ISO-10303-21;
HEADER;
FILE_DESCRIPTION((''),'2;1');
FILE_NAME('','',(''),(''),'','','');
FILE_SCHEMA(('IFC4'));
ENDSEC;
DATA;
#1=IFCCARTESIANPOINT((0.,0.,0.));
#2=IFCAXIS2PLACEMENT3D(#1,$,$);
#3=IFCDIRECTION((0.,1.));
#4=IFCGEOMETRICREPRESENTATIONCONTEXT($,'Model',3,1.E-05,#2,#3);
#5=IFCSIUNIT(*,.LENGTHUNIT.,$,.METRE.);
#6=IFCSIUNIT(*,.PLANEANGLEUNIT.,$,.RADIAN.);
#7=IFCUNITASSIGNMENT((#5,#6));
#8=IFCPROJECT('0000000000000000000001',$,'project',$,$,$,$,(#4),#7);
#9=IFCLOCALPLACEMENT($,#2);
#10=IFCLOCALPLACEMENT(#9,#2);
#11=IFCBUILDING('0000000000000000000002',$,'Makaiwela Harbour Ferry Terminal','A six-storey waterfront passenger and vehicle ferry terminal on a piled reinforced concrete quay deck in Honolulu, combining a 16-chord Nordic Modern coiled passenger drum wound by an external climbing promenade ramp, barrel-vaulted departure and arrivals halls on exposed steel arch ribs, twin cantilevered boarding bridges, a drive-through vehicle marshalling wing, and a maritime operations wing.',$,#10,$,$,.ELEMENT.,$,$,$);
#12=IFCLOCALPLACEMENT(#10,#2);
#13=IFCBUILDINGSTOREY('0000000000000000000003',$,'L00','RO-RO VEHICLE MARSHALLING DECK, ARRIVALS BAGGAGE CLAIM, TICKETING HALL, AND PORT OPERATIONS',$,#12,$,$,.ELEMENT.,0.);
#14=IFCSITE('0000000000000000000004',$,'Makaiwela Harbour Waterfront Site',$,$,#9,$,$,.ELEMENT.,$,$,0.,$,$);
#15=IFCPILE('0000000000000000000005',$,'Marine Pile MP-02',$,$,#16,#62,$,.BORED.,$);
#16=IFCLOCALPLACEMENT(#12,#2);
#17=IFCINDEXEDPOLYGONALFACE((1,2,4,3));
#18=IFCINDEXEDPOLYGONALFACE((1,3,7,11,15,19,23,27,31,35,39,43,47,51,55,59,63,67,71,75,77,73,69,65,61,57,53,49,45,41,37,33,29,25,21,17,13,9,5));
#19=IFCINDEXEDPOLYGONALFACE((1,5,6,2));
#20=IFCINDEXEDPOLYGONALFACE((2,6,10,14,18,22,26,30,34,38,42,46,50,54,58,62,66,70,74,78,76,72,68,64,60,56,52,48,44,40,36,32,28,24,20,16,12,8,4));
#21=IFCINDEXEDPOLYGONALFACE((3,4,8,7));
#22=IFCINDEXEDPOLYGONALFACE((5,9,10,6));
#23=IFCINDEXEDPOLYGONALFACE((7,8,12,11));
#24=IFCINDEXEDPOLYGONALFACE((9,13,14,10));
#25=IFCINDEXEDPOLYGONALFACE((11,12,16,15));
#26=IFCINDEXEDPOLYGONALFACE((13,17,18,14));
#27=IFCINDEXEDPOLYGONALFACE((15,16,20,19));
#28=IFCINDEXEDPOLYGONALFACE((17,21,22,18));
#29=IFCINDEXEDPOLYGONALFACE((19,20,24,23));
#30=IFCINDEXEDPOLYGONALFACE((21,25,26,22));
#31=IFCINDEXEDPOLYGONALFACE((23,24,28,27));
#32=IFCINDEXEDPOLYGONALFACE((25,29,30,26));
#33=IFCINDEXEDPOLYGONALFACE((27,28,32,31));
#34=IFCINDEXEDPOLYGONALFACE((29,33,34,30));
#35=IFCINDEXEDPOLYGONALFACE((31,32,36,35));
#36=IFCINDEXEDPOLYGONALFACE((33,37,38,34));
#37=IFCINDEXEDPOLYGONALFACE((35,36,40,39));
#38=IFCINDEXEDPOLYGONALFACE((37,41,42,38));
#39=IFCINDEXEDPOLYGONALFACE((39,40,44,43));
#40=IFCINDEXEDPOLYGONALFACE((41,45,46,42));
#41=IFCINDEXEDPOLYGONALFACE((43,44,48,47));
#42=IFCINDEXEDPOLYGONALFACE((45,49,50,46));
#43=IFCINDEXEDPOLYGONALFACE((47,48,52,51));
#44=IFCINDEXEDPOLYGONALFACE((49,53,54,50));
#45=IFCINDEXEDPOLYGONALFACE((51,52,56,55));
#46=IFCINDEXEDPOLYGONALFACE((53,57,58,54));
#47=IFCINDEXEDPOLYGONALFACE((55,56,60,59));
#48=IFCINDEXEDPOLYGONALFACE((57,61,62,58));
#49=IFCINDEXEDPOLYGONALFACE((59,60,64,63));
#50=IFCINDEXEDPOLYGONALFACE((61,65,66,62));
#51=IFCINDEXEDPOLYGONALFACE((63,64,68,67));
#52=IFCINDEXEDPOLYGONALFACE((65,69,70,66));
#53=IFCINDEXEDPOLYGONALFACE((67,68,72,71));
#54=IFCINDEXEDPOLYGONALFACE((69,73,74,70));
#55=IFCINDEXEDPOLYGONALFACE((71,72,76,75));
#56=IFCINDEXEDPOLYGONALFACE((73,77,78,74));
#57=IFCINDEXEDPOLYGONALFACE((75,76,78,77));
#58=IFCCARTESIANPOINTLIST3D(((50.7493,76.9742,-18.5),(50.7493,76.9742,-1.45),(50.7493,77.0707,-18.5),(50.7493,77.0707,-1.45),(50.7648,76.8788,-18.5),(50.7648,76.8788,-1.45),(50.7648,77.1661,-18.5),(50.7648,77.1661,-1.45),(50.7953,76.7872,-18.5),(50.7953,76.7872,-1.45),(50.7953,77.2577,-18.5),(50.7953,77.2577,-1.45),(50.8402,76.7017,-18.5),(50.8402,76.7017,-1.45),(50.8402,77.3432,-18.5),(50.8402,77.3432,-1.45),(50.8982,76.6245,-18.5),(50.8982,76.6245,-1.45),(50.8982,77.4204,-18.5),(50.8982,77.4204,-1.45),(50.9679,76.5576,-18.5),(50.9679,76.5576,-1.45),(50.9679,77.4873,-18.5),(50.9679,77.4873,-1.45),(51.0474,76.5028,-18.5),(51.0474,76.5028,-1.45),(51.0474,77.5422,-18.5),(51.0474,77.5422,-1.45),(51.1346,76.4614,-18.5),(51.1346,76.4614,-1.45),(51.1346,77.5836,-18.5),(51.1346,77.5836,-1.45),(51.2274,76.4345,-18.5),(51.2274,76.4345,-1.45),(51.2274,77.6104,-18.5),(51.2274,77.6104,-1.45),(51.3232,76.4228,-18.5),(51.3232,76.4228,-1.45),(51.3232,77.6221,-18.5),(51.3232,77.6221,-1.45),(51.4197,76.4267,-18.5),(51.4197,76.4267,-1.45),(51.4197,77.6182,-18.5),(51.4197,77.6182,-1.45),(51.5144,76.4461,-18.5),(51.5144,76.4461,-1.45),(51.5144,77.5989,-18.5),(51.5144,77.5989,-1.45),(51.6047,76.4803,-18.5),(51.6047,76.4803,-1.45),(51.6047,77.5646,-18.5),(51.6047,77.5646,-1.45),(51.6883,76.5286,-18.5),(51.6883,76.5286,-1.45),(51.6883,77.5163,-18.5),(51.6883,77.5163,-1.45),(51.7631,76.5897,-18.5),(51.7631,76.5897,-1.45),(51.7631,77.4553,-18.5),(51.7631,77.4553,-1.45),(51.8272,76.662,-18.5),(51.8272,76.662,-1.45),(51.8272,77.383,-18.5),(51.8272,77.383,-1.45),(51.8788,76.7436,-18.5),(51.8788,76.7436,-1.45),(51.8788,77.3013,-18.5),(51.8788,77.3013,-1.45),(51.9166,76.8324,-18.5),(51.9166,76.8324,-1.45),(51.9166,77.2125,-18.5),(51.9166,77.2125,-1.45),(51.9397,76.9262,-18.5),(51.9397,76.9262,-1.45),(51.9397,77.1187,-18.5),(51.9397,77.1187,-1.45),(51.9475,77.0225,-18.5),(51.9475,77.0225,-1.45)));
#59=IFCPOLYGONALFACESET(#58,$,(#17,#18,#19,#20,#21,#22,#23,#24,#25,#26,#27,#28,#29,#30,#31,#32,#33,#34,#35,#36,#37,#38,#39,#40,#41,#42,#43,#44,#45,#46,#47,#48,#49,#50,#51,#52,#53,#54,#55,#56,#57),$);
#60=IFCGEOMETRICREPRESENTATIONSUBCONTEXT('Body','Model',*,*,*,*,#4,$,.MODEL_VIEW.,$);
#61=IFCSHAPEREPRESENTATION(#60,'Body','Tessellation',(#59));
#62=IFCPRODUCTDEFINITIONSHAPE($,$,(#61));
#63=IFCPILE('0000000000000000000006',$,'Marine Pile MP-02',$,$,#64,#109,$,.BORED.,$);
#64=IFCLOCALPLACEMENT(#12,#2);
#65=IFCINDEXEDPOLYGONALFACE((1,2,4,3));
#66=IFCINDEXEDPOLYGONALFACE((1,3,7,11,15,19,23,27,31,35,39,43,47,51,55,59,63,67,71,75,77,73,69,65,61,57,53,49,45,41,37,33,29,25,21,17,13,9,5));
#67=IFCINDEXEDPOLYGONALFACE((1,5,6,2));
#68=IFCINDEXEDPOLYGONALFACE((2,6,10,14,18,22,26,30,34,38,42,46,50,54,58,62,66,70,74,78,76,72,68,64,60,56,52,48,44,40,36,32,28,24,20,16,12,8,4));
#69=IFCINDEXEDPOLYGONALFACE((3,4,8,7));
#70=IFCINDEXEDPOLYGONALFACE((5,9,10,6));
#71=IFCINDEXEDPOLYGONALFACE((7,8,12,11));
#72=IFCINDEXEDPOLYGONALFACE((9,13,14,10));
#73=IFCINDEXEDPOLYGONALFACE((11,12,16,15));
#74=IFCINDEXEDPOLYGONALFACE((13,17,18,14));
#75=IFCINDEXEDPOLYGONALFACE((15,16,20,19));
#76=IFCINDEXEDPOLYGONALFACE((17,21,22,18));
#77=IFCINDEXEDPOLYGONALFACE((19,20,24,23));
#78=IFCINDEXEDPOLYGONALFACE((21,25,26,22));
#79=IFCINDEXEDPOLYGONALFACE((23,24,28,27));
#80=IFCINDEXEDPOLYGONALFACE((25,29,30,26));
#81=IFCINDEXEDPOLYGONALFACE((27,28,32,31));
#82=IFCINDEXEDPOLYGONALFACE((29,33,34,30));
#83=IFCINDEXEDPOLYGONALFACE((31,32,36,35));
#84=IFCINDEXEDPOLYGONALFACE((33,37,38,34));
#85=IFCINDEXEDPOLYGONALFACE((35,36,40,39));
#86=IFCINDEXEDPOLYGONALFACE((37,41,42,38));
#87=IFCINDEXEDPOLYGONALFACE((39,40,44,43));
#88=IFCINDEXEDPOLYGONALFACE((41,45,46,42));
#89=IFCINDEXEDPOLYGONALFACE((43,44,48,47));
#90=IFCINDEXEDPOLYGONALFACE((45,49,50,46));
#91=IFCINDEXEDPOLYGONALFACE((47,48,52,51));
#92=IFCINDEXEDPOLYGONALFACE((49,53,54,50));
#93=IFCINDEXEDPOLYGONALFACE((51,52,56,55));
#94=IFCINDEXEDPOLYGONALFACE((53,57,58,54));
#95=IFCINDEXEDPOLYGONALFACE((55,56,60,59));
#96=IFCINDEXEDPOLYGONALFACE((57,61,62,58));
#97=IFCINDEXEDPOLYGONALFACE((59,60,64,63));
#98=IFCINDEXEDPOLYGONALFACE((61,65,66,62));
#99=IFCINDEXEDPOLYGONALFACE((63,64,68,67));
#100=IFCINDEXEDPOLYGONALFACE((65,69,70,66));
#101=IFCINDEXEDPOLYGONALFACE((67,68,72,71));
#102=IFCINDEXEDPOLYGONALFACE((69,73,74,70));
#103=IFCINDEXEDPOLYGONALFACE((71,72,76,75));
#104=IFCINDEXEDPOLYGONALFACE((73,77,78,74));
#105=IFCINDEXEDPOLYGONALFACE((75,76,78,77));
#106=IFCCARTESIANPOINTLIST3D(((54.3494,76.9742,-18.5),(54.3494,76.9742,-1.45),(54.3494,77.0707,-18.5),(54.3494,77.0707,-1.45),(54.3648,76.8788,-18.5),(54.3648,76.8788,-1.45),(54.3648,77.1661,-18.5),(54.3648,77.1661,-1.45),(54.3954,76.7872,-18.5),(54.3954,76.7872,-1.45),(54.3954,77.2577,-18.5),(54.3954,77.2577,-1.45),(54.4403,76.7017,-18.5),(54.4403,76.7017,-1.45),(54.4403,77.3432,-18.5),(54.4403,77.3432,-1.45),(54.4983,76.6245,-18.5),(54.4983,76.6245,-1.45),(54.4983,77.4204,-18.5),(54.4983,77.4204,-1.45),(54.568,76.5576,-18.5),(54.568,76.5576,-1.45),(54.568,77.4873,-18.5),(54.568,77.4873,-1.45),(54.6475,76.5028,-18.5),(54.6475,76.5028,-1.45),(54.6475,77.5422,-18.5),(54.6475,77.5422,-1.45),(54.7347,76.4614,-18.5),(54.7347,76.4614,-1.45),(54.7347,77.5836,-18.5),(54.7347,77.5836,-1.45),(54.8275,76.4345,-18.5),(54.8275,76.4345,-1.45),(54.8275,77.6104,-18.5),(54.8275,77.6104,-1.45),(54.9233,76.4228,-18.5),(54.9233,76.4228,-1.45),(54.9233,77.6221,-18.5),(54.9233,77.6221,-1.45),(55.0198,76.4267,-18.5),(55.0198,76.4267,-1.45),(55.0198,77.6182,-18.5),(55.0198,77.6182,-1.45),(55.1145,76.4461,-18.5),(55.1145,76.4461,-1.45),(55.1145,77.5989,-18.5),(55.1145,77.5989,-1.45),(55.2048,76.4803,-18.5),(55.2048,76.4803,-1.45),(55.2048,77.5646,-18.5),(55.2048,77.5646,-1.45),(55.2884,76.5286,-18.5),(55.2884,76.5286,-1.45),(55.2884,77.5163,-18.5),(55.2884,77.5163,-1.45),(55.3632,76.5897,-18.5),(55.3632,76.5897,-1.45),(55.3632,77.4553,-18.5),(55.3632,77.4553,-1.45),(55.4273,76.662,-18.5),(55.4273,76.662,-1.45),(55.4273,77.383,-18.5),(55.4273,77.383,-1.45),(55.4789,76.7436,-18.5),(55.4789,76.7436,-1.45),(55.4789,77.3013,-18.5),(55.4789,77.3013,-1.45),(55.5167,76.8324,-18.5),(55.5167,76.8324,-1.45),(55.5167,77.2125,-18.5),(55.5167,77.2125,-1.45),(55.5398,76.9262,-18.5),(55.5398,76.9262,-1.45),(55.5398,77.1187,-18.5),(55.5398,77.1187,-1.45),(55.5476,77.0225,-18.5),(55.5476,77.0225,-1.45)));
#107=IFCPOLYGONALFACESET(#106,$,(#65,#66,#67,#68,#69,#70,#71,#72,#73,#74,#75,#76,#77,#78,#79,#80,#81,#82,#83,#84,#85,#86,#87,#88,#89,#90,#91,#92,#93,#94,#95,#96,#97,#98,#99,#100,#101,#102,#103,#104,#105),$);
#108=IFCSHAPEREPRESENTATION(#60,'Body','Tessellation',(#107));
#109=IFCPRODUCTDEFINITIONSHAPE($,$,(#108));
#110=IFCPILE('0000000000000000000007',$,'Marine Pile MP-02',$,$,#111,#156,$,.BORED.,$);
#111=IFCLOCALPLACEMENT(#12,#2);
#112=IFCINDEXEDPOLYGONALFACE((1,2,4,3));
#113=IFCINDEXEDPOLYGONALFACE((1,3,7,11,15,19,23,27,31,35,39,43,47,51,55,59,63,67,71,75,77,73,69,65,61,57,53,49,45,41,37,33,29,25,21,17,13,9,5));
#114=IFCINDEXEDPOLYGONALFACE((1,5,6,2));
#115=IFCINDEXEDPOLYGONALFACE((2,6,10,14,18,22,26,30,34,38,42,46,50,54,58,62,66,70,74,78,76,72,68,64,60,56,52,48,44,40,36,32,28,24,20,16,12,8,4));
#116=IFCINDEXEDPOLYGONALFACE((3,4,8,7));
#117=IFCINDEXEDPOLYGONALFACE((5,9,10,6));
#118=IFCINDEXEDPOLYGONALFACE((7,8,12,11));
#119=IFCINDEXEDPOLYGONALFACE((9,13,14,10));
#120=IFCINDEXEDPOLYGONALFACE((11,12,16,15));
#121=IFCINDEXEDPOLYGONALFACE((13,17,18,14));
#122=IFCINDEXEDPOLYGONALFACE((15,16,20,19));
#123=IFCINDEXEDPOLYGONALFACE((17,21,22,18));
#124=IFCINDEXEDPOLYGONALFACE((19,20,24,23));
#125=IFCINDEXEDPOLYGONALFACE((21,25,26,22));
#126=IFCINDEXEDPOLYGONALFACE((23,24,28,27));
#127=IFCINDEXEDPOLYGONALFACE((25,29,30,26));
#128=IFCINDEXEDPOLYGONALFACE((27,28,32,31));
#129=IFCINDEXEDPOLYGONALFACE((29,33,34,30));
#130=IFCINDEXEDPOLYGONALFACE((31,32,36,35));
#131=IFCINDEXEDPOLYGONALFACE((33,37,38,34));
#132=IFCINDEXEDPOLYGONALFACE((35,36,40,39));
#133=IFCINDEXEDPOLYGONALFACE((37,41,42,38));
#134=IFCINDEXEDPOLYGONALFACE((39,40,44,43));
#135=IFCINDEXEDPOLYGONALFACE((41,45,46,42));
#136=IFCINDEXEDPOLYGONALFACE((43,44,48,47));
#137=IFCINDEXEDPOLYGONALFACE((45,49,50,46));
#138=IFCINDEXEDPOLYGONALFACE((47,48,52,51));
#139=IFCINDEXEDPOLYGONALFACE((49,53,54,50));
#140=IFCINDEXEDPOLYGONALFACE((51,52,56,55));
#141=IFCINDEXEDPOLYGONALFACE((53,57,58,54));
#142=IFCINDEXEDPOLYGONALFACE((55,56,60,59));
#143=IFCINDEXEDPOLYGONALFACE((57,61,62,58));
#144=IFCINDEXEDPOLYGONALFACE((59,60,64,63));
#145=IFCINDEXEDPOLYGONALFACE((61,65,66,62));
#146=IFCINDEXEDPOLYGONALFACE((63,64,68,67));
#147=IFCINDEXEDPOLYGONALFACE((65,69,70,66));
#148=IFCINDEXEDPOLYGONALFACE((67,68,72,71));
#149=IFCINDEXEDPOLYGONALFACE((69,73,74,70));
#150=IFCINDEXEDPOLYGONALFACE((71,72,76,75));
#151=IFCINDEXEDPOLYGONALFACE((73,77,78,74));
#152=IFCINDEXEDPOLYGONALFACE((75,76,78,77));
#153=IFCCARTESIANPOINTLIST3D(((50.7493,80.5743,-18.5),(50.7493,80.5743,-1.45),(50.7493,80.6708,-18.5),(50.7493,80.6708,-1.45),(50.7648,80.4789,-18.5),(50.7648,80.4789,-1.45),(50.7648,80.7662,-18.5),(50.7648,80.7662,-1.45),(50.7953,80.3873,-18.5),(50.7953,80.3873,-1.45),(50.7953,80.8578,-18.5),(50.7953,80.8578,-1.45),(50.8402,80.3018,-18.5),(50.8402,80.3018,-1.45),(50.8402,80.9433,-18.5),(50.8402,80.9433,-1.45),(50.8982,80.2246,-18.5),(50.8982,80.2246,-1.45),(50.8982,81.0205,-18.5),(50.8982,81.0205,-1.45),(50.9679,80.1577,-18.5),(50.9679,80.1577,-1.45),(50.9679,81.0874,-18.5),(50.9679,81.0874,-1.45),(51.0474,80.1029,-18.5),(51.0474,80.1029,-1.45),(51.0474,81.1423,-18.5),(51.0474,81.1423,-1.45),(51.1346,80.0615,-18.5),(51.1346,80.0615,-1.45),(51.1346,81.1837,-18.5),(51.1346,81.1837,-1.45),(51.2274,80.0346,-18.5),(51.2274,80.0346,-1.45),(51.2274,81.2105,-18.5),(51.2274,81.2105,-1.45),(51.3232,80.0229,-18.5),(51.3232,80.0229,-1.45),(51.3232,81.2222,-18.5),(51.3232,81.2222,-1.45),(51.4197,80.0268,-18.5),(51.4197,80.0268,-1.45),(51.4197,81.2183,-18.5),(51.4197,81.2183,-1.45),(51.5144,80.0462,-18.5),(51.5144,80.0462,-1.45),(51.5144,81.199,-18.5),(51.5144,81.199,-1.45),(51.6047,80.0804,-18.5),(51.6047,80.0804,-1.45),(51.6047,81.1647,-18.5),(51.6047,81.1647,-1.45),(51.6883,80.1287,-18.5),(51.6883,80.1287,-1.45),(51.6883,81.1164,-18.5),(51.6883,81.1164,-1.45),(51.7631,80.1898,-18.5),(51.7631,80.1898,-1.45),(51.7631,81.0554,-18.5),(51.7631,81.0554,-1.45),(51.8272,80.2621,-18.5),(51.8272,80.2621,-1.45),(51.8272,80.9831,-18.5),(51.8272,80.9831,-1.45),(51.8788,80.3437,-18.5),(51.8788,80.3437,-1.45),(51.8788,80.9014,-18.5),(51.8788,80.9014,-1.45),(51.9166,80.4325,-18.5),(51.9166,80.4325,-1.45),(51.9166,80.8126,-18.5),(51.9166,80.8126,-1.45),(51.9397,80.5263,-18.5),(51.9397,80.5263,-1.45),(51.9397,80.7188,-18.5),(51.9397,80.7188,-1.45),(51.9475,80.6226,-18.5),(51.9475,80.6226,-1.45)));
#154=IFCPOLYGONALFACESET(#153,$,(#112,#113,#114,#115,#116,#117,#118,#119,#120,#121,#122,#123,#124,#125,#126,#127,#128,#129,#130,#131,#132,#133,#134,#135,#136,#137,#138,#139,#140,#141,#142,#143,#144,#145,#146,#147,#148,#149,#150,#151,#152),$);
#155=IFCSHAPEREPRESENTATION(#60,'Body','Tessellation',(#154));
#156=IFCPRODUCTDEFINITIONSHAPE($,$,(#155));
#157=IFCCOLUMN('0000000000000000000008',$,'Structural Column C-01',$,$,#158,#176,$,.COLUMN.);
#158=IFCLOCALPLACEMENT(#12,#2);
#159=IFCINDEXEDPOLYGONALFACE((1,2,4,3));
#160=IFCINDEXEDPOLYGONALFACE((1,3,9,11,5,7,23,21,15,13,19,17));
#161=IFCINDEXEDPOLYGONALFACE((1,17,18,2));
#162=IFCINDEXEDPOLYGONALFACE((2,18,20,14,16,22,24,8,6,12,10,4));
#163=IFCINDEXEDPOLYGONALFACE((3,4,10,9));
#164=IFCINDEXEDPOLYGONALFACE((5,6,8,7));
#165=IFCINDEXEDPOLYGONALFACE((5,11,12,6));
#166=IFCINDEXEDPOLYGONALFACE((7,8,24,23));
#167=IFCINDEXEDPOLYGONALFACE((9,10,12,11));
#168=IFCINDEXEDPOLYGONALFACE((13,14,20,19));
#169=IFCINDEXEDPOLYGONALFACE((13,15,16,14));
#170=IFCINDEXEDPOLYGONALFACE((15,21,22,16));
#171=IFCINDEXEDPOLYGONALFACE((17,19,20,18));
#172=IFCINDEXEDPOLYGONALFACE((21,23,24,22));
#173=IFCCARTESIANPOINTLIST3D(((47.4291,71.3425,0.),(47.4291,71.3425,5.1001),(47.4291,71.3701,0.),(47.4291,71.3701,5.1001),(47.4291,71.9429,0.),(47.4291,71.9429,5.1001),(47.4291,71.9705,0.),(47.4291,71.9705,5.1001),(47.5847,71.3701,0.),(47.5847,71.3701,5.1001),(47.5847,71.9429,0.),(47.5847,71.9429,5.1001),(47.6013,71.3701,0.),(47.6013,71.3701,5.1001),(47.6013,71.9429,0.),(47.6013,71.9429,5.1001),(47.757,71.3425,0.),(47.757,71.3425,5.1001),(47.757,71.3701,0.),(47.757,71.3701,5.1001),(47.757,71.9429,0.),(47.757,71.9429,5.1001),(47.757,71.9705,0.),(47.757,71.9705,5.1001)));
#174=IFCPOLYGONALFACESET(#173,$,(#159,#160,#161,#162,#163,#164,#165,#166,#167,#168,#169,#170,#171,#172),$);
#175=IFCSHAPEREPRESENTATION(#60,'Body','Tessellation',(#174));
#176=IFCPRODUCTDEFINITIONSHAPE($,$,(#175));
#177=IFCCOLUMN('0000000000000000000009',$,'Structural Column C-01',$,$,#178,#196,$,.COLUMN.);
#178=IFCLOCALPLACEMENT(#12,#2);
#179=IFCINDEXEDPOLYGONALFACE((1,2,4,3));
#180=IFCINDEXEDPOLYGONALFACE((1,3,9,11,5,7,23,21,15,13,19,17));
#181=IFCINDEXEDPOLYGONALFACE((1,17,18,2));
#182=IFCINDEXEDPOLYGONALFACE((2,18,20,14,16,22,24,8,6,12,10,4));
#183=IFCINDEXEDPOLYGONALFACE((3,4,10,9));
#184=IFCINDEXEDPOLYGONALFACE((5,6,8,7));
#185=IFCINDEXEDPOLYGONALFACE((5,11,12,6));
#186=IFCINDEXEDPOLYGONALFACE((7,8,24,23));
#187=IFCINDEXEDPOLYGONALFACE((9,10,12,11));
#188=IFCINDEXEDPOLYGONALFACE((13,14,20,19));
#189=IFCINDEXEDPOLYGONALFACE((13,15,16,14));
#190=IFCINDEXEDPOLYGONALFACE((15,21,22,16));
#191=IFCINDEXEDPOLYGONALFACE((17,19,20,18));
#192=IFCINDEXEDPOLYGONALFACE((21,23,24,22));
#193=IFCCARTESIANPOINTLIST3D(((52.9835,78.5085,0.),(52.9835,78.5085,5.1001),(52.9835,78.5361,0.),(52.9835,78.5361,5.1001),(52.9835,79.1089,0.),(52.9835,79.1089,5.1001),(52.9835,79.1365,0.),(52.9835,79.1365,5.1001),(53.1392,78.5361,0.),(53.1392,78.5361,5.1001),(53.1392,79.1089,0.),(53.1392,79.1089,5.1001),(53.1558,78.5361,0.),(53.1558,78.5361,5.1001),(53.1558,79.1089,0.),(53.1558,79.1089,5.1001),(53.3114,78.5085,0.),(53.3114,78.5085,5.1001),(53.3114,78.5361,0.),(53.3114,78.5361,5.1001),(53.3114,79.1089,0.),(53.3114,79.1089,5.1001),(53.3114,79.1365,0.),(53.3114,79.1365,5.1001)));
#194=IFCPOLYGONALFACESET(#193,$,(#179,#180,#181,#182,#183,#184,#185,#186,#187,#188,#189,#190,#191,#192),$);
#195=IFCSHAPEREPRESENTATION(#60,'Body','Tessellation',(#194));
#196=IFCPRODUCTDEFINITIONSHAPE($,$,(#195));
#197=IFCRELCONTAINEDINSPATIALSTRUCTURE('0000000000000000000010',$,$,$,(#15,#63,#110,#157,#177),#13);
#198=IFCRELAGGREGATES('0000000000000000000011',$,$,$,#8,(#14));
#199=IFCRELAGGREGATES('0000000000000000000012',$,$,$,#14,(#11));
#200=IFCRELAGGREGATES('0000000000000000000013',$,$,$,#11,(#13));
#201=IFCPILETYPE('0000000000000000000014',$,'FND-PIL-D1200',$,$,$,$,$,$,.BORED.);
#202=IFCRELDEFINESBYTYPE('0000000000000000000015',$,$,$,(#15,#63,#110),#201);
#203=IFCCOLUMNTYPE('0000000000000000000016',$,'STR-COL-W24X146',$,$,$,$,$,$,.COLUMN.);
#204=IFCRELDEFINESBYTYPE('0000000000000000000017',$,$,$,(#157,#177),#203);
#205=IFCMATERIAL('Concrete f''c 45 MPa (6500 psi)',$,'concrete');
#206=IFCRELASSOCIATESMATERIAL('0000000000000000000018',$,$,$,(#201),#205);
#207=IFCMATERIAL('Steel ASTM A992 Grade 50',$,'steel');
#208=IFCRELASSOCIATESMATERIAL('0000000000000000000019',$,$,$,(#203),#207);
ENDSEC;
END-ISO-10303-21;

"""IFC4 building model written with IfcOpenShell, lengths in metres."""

from ifc_helpers import new_model, si_unit, direction, frame, origin, origin_2d, place, context, subcontext, project, spatial, circle, i_section, extrude, material, material_profile, profile_set, type_object, element, save


model = new_model("IFC4")

# Units and contexts
model_context = context("Model", 3, precision=1e-05, world=origin(), true_north=direction((0.0, 1.0)))
body_context = subcontext(model_context, "Body", "Model", "MODEL_VIEW")
ifc_project = project(units=[si_unit("LENGTHUNIT", "METRE"), si_unit("PLANEANGLEUNIT", "RADIAN")], contexts=[model_context])

# Site, building, storey
site_placement = place(None, origin())
site = spatial("IfcSite", under=ifc_project, at=site_placement, Name="Makaiwela Harbour Waterfront Site", CompositionType="ELEMENT", RefElevation=0.0)
building_placement = place(site_placement, origin())
building = spatial("IfcBuilding", under=site, at=building_placement, Name="Makaiwela Harbour Ferry Terminal", Description="A six-storey waterfront passenger and vehicle ferry terminal on a piled reinforced concrete quay deck in Honolulu, combining a 16-chord Nordic Modern coiled passenger drum wound by an external climbing promenade ramp, barrel-vaulted departure and arrivals halls on exposed steel arch ribs, twin cantilevered boarding bridges, a drive-through vehicle marshalling wing, and a maritime operations wing.", CompositionType="ELEMENT")
storey_placement = place(building_placement, origin())
storey = spatial("IfcBuildingStorey", under=building, at=storey_placement, Name="L00", Description="RO-RO VEHICLE MARSHALLING DECK, ARRIVALS BAGGAGE CLAIM, TICKETING HALL, AND PORT OPERATIONS", CompositionType="ELEMENT", Elevation=0.0)

# Shared definitions
ifc_material_1 = material(Name="Concrete f'c 45 MPa (6500 psi)", Category="concrete")

# Piles
ifc_material_profile_1 = material_profile(ifc_material_1, circle(Radius=0.6001, at=origin_2d()), Name="PILE-D1200")
ifc_profile_set_1 = profile_set([ifc_material_profile_1], Name="Concrete f'c 45 MPa (6500 psi)")
pile_type = type_object("IfcPileType", Name="FND-PIL-D1200", PredefinedType="BORED", material=ifc_profile_set_1)
for number, where, z_axis, x_axis, name in (
    (1, (51.3474, 77.0225, -1.45), (0.0, 0.0, -1.0), (1.0, 0.0, 0.0), "Marine Pile MP-02"),
    (2, (54.9475, 77.0225, -1.45), (0.0, 0.0, -1.0), (1.0, 0.0, 0.0), "Marine Pile MP-02"),
    (3, (51.3474, 80.6226, -1.45), (0.0, 0.0, -1.0), (1.0, 0.0, 0.0), "Marine Pile MP-02"),
):
    element("IfcPile", number, at=place(storey_placement, frame(where, z_axis=z_axis, x_axis=x_axis)), inside=storey, type_object=pile_type, Name=name, PredefinedType="BORED", context=body_context, shape_type="SweptSolid", body=[
        extrude(circle(Radius=0.6001, at=origin_2d()), origin(), (0.0, 0.0, 1.0), 17.05),
    ])

# Columns
ifc_material_2 = material(Name="Steel ASTM A992 Grade 50", Category="steel")
ifc_material_profile_2 = material_profile(ifc_material_2, i_section(OverallWidth=0.3279, OverallDepth=0.6279, WebThickness=0.0166, FlangeThickness=0.0276, at=origin_2d()), Name="W24X146")
ifc_profile_set_2 = profile_set([ifc_material_profile_2], Name="Steel ASTM A992 Grade 50")
column_type = type_object("IfcColumnType", Name="STR-COL-W24X146", PredefinedType="COLUMN", material=ifc_profile_set_2)
for number, where, z_axis, x_axis, name in (
    (4, (47.593, 71.6565, 0.0), (0.0, 0.0, 1.0), (1.0, 0.0, 0.0), "Structural Column C-01"),
    (5, (53.1475, 78.8225, 0.0), (0.0, 0.0, 1.0), (1.0, 0.0, 0.0), "Structural Column C-01"),
):
    element("IfcColumn", number, at=place(storey_placement, frame(where, z_axis=z_axis, x_axis=x_axis)), inside=storey, type_object=column_type, Name=name, PredefinedType="COLUMN", context=body_context, shape_type="SweptSolid", body=[
        extrude(i_section(OverallWidth=0.3279, OverallDepth=0.6279, WebThickness=0.0166, FlangeThickness=0.0276, at=origin_2d()), origin(), (0.0, 0.0, 1.0), 5.1001),
    ])

save(model, "model.ifc")
